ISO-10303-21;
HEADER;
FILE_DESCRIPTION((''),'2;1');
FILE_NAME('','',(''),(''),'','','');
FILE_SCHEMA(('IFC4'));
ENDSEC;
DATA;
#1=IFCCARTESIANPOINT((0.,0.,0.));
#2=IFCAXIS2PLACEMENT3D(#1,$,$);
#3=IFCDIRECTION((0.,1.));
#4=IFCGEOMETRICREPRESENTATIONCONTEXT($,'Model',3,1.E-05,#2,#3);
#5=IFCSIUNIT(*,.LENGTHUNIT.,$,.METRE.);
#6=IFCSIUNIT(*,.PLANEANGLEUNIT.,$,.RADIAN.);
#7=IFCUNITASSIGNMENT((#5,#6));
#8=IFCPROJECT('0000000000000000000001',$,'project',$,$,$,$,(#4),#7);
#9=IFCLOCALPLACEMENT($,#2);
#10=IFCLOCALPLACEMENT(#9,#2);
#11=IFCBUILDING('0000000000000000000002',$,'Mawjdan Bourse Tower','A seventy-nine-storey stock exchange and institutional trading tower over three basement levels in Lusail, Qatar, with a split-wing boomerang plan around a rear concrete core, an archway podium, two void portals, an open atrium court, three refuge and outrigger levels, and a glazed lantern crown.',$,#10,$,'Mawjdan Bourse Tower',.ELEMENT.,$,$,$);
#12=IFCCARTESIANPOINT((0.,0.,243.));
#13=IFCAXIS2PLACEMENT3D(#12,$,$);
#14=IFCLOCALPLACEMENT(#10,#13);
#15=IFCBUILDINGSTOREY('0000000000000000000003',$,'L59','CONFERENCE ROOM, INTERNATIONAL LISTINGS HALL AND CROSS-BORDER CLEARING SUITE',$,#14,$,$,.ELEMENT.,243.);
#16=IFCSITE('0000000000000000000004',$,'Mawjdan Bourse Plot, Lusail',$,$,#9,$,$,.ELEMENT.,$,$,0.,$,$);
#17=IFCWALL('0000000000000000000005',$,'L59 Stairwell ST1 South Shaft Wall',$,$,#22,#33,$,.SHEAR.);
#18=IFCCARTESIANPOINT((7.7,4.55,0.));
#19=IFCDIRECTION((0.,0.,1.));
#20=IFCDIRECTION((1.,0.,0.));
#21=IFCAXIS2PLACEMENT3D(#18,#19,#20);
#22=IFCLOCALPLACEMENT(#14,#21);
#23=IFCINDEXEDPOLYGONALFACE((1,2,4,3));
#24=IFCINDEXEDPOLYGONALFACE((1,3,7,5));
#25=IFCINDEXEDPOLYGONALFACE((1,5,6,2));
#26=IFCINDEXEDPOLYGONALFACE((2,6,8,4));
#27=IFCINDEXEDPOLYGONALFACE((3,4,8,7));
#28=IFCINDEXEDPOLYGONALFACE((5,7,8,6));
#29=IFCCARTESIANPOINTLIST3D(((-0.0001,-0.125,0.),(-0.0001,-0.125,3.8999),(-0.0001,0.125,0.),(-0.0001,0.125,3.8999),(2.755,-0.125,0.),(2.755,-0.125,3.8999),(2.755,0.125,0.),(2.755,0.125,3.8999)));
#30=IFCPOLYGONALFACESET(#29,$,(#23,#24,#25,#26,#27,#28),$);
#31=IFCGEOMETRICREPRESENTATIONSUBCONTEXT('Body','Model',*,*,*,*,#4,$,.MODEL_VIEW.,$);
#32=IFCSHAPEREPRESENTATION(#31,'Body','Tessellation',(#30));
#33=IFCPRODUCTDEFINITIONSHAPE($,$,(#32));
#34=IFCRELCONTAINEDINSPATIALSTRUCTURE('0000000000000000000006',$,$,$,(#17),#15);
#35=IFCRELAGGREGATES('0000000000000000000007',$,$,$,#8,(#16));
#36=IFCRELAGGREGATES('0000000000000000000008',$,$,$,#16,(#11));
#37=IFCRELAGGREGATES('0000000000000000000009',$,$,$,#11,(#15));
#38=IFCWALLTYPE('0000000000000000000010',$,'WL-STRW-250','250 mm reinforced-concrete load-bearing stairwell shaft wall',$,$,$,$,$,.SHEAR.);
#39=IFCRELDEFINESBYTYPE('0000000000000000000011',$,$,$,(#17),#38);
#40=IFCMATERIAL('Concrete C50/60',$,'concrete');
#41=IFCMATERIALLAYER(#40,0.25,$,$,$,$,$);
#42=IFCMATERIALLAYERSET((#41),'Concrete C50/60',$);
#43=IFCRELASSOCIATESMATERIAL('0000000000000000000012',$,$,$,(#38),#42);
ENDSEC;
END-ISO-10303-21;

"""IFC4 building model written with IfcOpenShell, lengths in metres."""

from ifc_helpers import new_model, si_unit, direction, frame, frame_2d, origin, place, context, subcontext, project, spatial, rectangle, extrude, material, layer, layer_set, type_object, element, save


model = new_model("IFC4")

# Units and contexts
model_context = context("Model", 3, precision=1e-05, world=origin(), true_north=direction((0.0, 1.0)))
body_context = subcontext(model_context, "Body", "Model", "MODEL_VIEW")
ifc_project = project(units=[si_unit("LENGTHUNIT", "METRE"), si_unit("PLANEANGLEUNIT", "RADIAN")], contexts=[model_context])

# Site, building, storey
site_placement = place(None, origin())
site = spatial("IfcSite", under=ifc_project, at=site_placement, Name="Mawjdan Bourse Plot, Lusail", CompositionType="ELEMENT", RefElevation=0.0)
building_placement = place(site_placement, origin())
building = spatial("IfcBuilding", under=site, at=building_placement, Name="Mawjdan Bourse Tower", Description="A seventy-nine-storey stock exchange and institutional trading tower over three basement levels in Lusail, Qatar, with a split-wing boomerang plan around a rear concrete core, an archway podium, two void portals, an open atrium court, three refuge and outrigger levels, and a glazed lantern crown.", LongName="Mawjdan Bourse Tower", CompositionType="ELEMENT")
storey_placement = place(building_placement, frame((0.0, 0.0, 243.0)))
storey = spatial("IfcBuildingStorey", under=building, at=storey_placement, Name="L59", Description="CONFERENCE ROOM, INTERNATIONAL LISTINGS HALL AND CROSS-BORDER CLEARING SUITE", CompositionType="ELEMENT", Elevation=243.0)

# Shared definitions
ifc_material_1 = material(Name="Concrete C50/60", Category="concrete")

# Wall
ifc_layer_1 = layer(ifc_material_1, 0.25)
ifc_layer_set_1 = layer_set([ifc_layer_1], Name="Concrete C50/60")
wall_type_1 = type_object("IfcWallType", Name="WL-STRW-250", Description="250 mm reinforced-concrete load-bearing stairwell shaft wall", PredefinedType="SHEAR", material=ifc_layer_set_1)
wall_1_placement = place(storey_placement, frame((7.7, 4.55, 0.0), z_axis=(0.0, 0.0, 1.0), x_axis=(1.0, 0.0, 0.0)))
element("IfcWall", 1, at=wall_1_placement, inside=storey, type_object=wall_type_1, Name="L59 Stairwell ST1 South Shaft Wall", PredefinedType="SHEAR", context=body_context, shape_type="SweptSolid", body=[
    extrude(rectangle(XDim=2.7551, YDim=0.25, at=frame_2d((1.3774, 0.0))), origin(), (0.0, 0.0, 1.0), 3.8999),
])

save(model, "model.ifc")
